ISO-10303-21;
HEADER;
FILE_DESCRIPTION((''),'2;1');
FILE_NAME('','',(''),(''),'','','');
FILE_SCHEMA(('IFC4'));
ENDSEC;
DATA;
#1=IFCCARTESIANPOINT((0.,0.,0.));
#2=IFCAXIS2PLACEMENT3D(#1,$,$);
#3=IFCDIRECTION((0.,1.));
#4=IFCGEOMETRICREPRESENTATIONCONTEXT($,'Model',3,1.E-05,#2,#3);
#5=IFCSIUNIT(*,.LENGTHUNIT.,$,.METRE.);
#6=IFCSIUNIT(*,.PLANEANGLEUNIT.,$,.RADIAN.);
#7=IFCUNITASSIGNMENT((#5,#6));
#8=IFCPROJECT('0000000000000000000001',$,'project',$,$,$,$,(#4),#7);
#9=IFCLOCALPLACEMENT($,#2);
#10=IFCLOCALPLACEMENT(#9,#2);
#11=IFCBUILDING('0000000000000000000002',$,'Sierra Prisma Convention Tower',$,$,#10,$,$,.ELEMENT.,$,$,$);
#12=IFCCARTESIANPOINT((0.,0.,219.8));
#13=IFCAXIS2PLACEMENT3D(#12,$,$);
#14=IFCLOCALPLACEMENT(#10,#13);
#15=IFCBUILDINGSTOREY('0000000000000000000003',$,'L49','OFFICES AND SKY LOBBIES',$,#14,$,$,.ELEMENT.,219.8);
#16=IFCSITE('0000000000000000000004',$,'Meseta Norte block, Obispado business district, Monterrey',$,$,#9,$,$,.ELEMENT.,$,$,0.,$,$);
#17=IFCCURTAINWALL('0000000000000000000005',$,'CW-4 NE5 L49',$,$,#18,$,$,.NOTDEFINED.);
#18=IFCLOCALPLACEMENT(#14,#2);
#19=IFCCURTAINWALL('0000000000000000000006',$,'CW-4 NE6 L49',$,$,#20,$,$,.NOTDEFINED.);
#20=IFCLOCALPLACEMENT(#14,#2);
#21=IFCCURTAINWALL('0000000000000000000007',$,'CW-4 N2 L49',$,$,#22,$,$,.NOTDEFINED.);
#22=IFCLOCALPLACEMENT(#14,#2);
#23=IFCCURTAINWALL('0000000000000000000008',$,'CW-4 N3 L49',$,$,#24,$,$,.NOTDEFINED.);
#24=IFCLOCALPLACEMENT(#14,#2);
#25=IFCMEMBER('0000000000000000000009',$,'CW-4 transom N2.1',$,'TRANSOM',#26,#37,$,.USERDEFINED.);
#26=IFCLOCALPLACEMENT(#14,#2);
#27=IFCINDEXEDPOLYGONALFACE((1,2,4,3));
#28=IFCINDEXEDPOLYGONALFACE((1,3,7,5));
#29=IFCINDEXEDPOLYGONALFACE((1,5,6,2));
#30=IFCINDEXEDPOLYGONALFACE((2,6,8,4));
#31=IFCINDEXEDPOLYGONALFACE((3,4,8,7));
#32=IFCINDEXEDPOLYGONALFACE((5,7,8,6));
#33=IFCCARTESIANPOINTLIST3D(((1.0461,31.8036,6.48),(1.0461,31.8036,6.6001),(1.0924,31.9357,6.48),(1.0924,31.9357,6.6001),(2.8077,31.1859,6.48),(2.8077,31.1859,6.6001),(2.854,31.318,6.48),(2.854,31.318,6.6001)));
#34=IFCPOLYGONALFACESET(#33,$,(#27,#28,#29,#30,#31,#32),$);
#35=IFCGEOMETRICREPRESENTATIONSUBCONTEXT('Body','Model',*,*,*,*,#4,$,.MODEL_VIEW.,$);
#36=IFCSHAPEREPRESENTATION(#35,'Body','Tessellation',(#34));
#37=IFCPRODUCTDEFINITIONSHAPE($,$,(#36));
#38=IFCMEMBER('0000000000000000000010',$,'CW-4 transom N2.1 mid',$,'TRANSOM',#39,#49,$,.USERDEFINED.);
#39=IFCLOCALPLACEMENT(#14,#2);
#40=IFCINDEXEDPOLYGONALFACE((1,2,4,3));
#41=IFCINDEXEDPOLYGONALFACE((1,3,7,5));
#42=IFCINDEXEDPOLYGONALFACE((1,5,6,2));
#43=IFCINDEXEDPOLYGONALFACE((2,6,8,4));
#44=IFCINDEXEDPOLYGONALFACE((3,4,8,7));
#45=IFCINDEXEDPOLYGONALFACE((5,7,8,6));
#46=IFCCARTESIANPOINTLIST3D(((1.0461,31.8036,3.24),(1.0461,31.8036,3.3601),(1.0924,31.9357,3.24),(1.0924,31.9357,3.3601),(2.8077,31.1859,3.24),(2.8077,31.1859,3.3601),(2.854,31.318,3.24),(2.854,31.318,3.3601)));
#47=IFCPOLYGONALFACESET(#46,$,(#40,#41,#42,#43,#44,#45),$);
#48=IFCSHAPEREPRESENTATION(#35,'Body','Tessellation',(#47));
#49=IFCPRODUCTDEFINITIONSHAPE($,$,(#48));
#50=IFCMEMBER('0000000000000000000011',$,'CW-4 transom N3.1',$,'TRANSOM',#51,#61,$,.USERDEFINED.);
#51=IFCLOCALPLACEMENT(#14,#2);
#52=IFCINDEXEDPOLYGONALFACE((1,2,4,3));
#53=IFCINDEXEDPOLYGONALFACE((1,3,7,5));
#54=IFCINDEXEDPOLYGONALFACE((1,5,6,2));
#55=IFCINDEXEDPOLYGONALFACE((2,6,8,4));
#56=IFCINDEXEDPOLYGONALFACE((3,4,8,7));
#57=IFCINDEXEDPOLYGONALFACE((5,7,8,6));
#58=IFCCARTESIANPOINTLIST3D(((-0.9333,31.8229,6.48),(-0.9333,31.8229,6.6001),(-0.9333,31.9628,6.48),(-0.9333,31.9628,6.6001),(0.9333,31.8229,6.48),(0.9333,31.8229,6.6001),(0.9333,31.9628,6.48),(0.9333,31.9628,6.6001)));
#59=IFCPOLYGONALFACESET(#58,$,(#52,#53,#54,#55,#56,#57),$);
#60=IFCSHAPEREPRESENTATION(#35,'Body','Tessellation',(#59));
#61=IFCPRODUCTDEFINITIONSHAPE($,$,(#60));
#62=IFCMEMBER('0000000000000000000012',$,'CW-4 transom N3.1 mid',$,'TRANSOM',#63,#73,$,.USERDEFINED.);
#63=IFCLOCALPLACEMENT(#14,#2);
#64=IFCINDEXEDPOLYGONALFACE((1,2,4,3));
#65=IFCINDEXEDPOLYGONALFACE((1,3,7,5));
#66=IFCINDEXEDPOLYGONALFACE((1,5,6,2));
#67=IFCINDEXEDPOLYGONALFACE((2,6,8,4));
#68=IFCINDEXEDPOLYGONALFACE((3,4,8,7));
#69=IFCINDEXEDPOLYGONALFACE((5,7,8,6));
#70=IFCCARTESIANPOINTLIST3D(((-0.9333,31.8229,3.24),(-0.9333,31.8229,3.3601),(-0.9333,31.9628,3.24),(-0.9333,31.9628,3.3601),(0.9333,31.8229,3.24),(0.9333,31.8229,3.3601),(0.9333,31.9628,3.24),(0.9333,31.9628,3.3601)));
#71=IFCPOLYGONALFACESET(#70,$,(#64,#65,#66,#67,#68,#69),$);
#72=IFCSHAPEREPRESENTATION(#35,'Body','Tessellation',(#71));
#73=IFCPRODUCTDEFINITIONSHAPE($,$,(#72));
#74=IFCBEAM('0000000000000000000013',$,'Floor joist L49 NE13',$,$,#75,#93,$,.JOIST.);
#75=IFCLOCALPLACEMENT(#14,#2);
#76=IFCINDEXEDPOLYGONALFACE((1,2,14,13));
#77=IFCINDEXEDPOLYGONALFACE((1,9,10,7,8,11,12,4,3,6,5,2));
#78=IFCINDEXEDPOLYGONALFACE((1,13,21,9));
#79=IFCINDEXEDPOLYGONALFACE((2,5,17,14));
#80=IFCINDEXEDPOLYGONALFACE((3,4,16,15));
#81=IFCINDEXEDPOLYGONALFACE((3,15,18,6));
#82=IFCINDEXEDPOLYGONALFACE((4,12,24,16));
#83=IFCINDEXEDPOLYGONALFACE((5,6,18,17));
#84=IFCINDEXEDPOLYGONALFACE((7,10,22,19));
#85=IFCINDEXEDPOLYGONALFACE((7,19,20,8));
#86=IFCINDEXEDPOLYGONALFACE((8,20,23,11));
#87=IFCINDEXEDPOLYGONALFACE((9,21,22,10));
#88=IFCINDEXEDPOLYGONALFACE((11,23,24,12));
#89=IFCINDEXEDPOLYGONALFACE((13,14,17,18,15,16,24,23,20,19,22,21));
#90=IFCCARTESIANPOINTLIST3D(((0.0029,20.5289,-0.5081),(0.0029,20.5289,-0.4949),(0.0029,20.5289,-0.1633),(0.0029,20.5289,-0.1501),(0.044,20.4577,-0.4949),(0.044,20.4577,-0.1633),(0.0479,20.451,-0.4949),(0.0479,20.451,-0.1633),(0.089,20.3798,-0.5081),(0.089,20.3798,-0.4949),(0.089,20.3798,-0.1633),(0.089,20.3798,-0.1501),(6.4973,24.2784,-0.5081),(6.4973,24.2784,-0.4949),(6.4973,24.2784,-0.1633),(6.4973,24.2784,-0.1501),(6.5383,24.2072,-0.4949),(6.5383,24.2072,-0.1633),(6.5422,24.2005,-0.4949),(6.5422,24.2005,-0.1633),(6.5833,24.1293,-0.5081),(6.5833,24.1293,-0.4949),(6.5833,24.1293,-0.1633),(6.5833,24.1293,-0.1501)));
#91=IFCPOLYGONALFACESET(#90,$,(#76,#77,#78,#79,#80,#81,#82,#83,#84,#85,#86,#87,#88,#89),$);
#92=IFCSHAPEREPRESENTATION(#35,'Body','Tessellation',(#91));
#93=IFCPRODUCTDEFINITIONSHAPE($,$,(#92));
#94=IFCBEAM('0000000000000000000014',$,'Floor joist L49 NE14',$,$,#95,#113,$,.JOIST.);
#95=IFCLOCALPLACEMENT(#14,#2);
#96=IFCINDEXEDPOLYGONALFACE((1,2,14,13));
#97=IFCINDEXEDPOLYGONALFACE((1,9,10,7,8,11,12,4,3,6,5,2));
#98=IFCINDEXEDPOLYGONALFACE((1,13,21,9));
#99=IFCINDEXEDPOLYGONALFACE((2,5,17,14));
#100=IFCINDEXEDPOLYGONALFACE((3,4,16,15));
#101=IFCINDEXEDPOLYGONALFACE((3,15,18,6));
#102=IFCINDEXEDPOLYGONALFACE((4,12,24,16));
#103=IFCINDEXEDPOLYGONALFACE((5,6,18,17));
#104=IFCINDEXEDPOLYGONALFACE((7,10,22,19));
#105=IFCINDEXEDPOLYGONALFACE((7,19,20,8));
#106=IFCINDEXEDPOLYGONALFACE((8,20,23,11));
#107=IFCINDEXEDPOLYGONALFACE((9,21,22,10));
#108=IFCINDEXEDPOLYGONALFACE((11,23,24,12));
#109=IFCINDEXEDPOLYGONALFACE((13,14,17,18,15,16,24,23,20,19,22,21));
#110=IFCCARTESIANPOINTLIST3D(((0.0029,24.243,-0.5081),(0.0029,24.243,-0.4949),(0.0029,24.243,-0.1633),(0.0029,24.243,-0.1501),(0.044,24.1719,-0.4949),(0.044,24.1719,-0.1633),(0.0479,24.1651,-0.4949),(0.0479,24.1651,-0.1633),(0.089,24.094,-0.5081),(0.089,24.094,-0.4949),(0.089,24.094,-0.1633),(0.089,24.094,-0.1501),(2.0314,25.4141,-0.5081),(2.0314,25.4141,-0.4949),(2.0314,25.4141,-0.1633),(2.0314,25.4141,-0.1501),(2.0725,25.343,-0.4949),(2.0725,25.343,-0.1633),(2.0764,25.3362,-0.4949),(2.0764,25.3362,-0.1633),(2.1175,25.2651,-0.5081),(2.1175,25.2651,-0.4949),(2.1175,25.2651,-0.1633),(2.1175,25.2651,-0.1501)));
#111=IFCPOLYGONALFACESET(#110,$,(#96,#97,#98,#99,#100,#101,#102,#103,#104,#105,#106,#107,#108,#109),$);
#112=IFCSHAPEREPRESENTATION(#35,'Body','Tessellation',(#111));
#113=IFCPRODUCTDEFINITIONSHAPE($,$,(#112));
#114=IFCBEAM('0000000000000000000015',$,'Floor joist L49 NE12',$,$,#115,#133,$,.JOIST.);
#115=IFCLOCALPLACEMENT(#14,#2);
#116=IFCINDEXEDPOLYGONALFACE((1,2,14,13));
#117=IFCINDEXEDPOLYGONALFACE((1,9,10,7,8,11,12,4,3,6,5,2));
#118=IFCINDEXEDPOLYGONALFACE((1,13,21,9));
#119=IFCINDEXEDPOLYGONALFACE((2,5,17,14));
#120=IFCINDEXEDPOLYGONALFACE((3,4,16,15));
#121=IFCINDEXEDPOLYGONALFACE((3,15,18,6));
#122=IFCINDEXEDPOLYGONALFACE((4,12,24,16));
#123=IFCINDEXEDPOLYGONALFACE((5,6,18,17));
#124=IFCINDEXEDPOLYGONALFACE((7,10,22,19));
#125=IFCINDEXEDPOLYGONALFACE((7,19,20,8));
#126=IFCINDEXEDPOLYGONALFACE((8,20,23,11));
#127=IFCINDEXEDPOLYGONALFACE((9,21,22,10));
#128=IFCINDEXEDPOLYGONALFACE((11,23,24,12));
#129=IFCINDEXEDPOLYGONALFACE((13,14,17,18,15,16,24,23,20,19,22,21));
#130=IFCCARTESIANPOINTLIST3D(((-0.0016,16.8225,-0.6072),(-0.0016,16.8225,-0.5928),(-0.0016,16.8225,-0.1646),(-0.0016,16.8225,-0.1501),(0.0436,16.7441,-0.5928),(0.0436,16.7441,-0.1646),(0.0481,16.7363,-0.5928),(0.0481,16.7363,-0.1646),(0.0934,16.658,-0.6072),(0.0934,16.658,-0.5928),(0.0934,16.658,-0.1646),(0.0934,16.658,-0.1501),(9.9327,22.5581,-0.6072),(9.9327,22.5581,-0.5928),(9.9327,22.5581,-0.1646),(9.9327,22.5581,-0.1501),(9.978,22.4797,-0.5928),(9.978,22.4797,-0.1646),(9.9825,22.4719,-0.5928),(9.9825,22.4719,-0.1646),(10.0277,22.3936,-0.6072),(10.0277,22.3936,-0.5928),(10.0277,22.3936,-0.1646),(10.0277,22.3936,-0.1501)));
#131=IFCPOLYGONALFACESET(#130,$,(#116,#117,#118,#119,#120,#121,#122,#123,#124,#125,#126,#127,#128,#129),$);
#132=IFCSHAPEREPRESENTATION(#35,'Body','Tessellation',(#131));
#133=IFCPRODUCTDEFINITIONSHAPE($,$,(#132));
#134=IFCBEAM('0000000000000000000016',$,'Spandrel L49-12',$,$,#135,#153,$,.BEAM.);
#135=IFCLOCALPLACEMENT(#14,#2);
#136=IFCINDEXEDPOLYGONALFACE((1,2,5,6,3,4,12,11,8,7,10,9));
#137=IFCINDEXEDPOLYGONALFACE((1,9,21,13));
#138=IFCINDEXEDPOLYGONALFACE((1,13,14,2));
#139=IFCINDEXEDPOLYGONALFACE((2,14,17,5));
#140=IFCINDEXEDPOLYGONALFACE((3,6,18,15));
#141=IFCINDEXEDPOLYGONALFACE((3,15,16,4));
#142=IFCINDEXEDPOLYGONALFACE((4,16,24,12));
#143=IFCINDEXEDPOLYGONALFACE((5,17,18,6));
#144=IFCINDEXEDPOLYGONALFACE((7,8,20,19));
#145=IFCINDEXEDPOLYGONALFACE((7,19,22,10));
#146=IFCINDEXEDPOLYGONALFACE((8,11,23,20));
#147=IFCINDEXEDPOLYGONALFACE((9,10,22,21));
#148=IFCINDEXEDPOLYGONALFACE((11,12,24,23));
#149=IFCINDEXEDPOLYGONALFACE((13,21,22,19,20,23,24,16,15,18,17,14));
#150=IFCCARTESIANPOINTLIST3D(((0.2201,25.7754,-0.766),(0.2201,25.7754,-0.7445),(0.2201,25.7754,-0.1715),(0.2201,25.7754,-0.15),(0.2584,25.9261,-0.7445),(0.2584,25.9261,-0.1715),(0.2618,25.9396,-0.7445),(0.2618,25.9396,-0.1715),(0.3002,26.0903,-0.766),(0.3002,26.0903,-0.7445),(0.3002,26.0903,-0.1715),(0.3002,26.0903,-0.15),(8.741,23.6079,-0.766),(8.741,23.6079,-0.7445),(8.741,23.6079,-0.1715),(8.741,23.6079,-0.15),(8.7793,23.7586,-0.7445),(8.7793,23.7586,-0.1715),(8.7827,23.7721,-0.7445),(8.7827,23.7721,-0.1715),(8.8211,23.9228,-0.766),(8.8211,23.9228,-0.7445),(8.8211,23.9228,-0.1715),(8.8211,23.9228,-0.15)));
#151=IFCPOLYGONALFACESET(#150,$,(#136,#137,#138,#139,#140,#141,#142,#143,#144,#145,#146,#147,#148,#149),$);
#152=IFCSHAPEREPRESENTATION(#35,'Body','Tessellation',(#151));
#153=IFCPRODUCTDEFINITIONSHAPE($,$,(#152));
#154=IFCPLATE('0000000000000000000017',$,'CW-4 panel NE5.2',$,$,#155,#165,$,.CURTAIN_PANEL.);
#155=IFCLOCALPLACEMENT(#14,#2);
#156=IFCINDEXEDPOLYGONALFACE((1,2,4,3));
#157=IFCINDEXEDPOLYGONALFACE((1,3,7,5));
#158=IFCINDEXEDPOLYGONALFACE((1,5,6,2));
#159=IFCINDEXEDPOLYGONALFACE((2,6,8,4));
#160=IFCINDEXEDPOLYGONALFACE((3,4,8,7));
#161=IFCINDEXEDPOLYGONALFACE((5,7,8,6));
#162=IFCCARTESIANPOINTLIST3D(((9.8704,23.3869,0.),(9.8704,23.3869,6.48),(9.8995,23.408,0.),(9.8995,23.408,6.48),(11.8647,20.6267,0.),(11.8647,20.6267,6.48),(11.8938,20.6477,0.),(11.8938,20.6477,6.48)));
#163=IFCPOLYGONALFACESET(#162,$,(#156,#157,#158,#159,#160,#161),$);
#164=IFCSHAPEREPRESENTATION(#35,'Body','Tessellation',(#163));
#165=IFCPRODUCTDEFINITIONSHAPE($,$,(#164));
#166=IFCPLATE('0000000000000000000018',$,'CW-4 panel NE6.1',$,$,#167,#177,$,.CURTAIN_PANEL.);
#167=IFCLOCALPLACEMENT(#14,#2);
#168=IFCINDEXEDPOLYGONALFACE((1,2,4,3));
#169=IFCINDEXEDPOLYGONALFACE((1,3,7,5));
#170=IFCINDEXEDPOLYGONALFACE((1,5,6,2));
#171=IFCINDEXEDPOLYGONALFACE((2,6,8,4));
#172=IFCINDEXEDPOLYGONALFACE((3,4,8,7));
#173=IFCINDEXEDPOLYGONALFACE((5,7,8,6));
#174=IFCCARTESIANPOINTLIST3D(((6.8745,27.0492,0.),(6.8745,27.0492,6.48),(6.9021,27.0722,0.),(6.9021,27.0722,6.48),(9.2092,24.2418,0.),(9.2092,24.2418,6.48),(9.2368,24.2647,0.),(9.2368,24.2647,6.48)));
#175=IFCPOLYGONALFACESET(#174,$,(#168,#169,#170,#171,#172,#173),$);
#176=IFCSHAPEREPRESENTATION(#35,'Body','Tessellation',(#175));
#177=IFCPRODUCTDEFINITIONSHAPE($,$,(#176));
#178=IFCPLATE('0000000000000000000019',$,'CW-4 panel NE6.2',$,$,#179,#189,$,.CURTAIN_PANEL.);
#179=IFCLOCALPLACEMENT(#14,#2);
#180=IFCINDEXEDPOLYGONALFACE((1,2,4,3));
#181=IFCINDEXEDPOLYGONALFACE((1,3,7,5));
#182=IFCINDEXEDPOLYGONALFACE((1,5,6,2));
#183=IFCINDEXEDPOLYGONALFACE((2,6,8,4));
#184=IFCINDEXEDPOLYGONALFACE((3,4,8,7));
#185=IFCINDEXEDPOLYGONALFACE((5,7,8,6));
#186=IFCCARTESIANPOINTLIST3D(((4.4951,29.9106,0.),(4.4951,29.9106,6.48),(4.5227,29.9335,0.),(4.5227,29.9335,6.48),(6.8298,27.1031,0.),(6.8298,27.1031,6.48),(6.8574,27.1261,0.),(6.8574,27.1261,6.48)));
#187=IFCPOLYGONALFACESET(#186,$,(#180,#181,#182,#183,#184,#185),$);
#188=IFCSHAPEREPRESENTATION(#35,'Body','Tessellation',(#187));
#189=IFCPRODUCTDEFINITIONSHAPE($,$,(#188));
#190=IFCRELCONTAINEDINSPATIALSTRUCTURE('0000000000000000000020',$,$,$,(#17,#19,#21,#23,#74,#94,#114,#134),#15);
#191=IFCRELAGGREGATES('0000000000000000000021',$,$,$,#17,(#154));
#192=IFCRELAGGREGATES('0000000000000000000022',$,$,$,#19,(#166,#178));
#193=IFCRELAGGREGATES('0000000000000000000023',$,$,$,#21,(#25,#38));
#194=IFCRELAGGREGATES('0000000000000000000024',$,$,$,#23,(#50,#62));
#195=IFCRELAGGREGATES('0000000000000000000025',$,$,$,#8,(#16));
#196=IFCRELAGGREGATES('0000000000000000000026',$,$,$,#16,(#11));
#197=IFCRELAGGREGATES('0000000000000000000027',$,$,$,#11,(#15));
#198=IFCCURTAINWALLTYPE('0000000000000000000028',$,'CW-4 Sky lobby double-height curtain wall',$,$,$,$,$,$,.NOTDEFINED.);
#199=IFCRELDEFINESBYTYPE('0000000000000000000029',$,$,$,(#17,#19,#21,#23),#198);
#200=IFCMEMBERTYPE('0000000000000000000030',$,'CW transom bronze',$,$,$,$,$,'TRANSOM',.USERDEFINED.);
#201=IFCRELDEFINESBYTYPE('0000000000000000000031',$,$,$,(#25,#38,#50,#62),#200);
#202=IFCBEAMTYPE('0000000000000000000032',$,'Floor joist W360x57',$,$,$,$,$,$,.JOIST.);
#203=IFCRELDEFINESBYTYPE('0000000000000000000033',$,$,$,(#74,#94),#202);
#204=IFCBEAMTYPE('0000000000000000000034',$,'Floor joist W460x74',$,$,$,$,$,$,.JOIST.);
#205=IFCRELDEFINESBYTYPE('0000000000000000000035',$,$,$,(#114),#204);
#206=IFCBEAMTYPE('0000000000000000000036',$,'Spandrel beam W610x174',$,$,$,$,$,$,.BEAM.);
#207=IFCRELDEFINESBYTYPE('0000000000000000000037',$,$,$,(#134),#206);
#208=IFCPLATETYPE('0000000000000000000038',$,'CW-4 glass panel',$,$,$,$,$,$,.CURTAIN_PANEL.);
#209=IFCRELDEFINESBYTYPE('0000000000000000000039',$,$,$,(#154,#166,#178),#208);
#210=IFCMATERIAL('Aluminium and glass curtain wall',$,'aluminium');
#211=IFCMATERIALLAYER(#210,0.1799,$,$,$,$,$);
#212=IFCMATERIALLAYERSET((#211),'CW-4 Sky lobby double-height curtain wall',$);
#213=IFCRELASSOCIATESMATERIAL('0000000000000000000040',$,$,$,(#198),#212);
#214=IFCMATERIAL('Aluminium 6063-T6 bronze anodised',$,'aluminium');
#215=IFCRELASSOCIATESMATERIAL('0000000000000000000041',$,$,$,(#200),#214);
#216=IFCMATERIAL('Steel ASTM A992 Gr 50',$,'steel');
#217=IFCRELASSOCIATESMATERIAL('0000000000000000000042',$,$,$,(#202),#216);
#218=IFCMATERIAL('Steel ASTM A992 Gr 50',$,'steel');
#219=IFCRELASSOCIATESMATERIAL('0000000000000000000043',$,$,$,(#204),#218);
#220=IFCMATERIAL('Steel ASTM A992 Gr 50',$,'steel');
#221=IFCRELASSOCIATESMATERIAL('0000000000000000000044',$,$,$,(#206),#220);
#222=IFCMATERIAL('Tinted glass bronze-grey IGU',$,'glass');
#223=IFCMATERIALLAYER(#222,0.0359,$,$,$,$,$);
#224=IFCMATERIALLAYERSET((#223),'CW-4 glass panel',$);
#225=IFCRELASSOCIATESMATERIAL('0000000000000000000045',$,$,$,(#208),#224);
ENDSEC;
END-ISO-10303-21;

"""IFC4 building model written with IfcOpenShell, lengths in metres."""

from ifc_helpers import new_model, si_unit, direction, frame, origin, origin_2d, place, context, subcontext, project, spatial, rectangle, i_section, extrude, material, layer, layer_set, material_profile, profile_set, type_object, element, aggregate, save


model = new_model("IFC4")

# Units and contexts
model_context = context("Model", 3, precision=1e-05, world=origin(), true_north=direction((0.0, 1.0)))
body_context = subcontext(model_context, "Body", "Model", "MODEL_VIEW")
ifc_project = project(units=[si_unit("LENGTHUNIT", "METRE"), si_unit("PLANEANGLEUNIT", "RADIAN")], contexts=[model_context])

# Site, building, storey
site_placement = place(None, origin())
site = spatial("IfcSite", under=ifc_project, at=site_placement, Name="Meseta Norte block, Obispado business district, Monterrey", CompositionType="ELEMENT", RefElevation=0.0)
building_placement = place(site_placement, origin())
building = spatial("IfcBuilding", under=site, at=building_placement, Name="Sierra Prisma Convention Tower", CompositionType="ELEMENT")
storey_placement = place(building_placement, frame((0.0, 0.0, 219.8)))
storey = spatial("IfcBuildingStorey", under=building, at=storey_placement, Name="L49", Description="OFFICES AND SKY LOBBIES", CompositionType="ELEMENT", Elevation=219.8)

# Curtain walls
ifc_material_1 = material(Name="Aluminium and glass curtain wall", Category="aluminium")
ifc_layer_1 = layer(ifc_material_1, 0.1799)
ifc_layer_set_1 = layer_set([ifc_layer_1], Name="CW-4 Sky lobby double-height curtain wall")
curtain_wall_type = type_object("IfcCurtainWallType", Name="CW-4 Sky lobby double-height curtain wall", PredefinedType="NOTDEFINED", material=ifc_layer_set_1)
curtain_wall_1_placement = place(storey_placement, origin())
curtain_wall_1 = element("IfcCurtainWall", 1, at=curtain_wall_1_placement, inside=storey, type_object=curtain_wall_type, Name="CW-4 NE5 L49", PredefinedType="NOTDEFINED")
curtain_wall_2_placement = place(storey_placement, origin())
curtain_wall_2 = element("IfcCurtainWall", 2, at=curtain_wall_2_placement, inside=storey, type_object=curtain_wall_type, Name="CW-4 NE6 L49", PredefinedType="NOTDEFINED")
curtain_wall_3_placement = place(storey_placement, origin())
curtain_wall_3 = element("IfcCurtainWall", 3, at=curtain_wall_3_placement, inside=storey, type_object=curtain_wall_type, Name="CW-4 N2 L49", PredefinedType="NOTDEFINED")
curtain_wall_4_placement = place(storey_placement, origin())
curtain_wall_4 = element("IfcCurtainWall", 4, at=curtain_wall_4_placement, inside=storey, type_object=curtain_wall_type, Name="CW-4 N3 L49", PredefinedType="NOTDEFINED")

# Members
ifc_material_2 = material(Name="Aluminium 6063-T6 bronze anodised", Category="aluminium")
ifc_material_profile_1 = material_profile(ifc_material_2, rectangle(XDim=0.1399, YDim=0.1201, at=origin_2d()), Name="ALU TRANSOM 120x140")
ifc_profile_set_1 = profile_set([ifc_material_profile_1], Name="Aluminium 6063-T6 bronze anodised")
member_type_1 = type_object("IfcMemberType", Name="CW transom bronze", ElementType="TRANSOM", PredefinedType="USERDEFINED", material=ifc_profile_set_1)
member_1_placement = place(storey_placement, frame((2.8308, 31.252, 6.54), z_axis=(-0.943664, 0.330904, 0.0), x_axis=(-0.330904, -0.943664, 0.0)))
member_1 = element("IfcMember", 5, at=member_1_placement, type_object=member_type_1, Name="CW-4 transom N2.1", ObjectType="TRANSOM", PredefinedType="USERDEFINED", context=body_context, shape_type="SweptSolid", body=[
    extrude(rectangle(XDim=0.1399, YDim=0.1201, at=origin_2d()), origin(), (0.0, 0.0, 1.0), 1.8667),
])
member_2_placement = place(storey_placement, frame((2.8308, 31.252, 3.3), z_axis=(-0.943664, 0.330904, 0.0), x_axis=(-0.330904, -0.943664, 0.0)))
member_2 = element("IfcMember", 6, at=member_2_placement, type_object=member_type_1, Name="CW-4 transom N2.1 mid", ObjectType="TRANSOM", PredefinedType="USERDEFINED", context=body_context, shape_type="SweptSolid", body=[
    extrude(rectangle(XDim=0.1399, YDim=0.1201, at=origin_2d()), origin(), (0.0, 0.0, 1.0), 1.8667),
])
member_3_placement = place(storey_placement, frame((0.9333, 31.8928, 6.54), z_axis=(-1.0, 0.0, 0.0), x_axis=(0.0, -1.0, 0.0)))
member_3 = element("IfcMember", 7, at=member_3_placement, type_object=member_type_1, Name="CW-4 transom N3.1", ObjectType="TRANSOM", PredefinedType="USERDEFINED", context=body_context, shape_type="SweptSolid", body=[
    extrude(rectangle(XDim=0.1399, YDim=0.1201, at=origin_2d()), origin(), (0.0, 0.0, 1.0), 1.8667),
])
member_4_placement = place(storey_placement, frame((0.9333, 31.8928, 3.3), z_axis=(-1.0, 0.0, 0.0), x_axis=(0.0, -1.0, 0.0)))
member_4 = element("IfcMember", 8, at=member_4_placement, type_object=member_type_1, Name="CW-4 transom N3.1 mid", ObjectType="TRANSOM", PredefinedType="USERDEFINED", context=body_context, shape_type="SweptSolid", body=[
    extrude(rectangle(XDim=0.1399, YDim=0.1201, at=origin_2d()), origin(), (0.0, 0.0, 1.0), 1.8667),
])

# Beams
ifc_material_3 = material(Name="Steel ASTM A992 Gr 50", Category="steel")
ifc_material_profile_2 = material_profile(ifc_material_3, i_section(OverallWidth=0.1721, OverallDepth=0.3579, WebThickness=0.0078, FlangeThickness=0.0132, at=origin_2d()), Name="W360x57")
ifc_profile_set_2 = profile_set([ifc_material_profile_2], Name="Steel ASTM A992 Gr 50")
beam_type_1 = type_object("IfcBeamType", Name="Floor joist W360x57", PredefinedType="JOIST", material=ifc_profile_set_2)
beam_1_placement = place(storey_placement, frame((6.5403, 24.2039, -0.3291), z_axis=(-0.866027, -0.499998, 0.0), x_axis=(0.499998, -0.866027, 0.0)))
element("IfcBeam", 9, at=beam_1_placement, inside=storey, type_object=beam_type_1, Name="Floor joist L49 NE13", PredefinedType="JOIST", context=body_context, shape_type="SweptSolid", body=[
    extrude(i_section(OverallWidth=0.1721, OverallDepth=0.3579, WebThickness=0.0078, FlangeThickness=0.0132, at=origin_2d()), origin(), (0.0, 0.0, 1.0), 7.499),
])
beam_2_placement = place(storey_placement, frame((2.0745, 25.3396, -0.3291), z_axis=(-0.866035, -0.499984, 0.0), x_axis=(0.499984, -0.866035, 0.0)))
element("IfcBeam", 10, at=beam_2_placement, inside=storey, type_object=beam_type_1, Name="Floor joist L49 NE14", PredefinedType="JOIST", context=body_context, shape_type="SweptSolid", body=[
    extrude(i_section(OverallWidth=0.1721, OverallDepth=0.3579, WebThickness=0.0078, FlangeThickness=0.0132, at=origin_2d()), origin(), (0.0, 0.0, 1.0), 2.3423),
])
ifc_material_4 = material(Name="Steel ASTM A992 Gr 50", Category="steel")
ifc_material_profile_3 = material_profile(ifc_material_4, i_section(OverallWidth=0.1899, OverallDepth=0.457, WebThickness=0.009, FlangeThickness=0.0144, at=origin_2d()), Name="W460x74")
ifc_profile_set_3 = profile_set([ifc_material_profile_3], Name="Steel ASTM A992 Gr 50")
beam_type_2 = type_object("IfcBeamType", Name="Floor joist W460x74", PredefinedType="JOIST", material=ifc_profile_set_3)
beam_3_placement = place(storey_placement, frame((9.9802, 22.4758, -0.3787), z_axis=(-0.866025, -0.500001, 0.0), x_axis=(0.500001, -0.866025, 0.0)))
element("IfcBeam", 11, at=beam_3_placement, inside=storey, type_object=beam_type_2, Name="Floor joist L49 NE12", PredefinedType="JOIST", context=body_context, shape_type="SweptSolid", body=[
    extrude(i_section(OverallWidth=0.1899, OverallDepth=0.457, WebThickness=0.009, FlangeThickness=0.0144, at=origin_2d()), origin(), (0.0, 0.0, 1.0), 11.4712),
])
ifc_material_5 = material(Name="Steel ASTM A992 Gr 50", Category="steel")
ifc_material_profile_4 = material_profile(ifc_material_5, i_section(OverallWidth=0.325, OverallDepth=0.616, WebThickness=0.0139, FlangeThickness=0.0215, at=origin_2d()), Name="W610x174")
ifc_profile_set_4 = profile_set([ifc_material_profile_4], Name="Steel ASTM A992 Gr 50")
beam_type_3 = type_object("IfcBeamType", Name="Spandrel beam W610x174", PredefinedType="BEAM", material=ifc_profile_set_4)
beam_4_placement = place(storey_placement, frame((8.781, 23.7654, -0.458), z_axis=(-0.969138, 0.246519, 0.0), x_axis=(-0.246519, -0.969138, 0.0)))
element("IfcBeam", 12, at=beam_4_placement, inside=storey, type_object=beam_type_3, Name="Spandrel L49-12", PredefinedType="BEAM", context=body_context, shape_type="SweptSolid", body=[
    extrude(i_section(OverallWidth=0.325, OverallDepth=0.616, WebThickness=0.0139, FlangeThickness=0.0215, at=origin_2d()), origin(), (0.0, 0.0, 1.0), 8.7922),
])

# Plates
ifc_material_6 = material(Name="Tinted glass bronze-grey IGU", Category="glass")
ifc_layer_2 = layer(ifc_material_6, 0.0359)
ifc_layer_set_2 = layer_set([ifc_layer_2], Name="CW-4 glass panel")
plate_type = type_object("IfcPlateType", Name="CW-4 glass panel", PredefinedType="CURTAIN_PANEL", material=ifc_layer_set_2)
plate_1_placement = place(storey_placement, frame((10.8821, 22.0173, 0.0), z_axis=(0.0, 0.0, 1.0), x_axis=(-0.58564, 0.810572, 0.0)))
plate_1 = element("IfcPlate", 13, at=plate_1_placement, type_object=plate_type, Name="CW-4 panel NE5.2", PredefinedType="CURTAIN_PANEL", context=body_context, shape_type="SweptSolid", body=[
    extrude(rectangle(XDim=3.4053, YDim=0.0359, at=origin_2d()), origin(), (0.0, 0.0, 1.0), 6.48),
])
aggregate(curtain_wall_1, [plate_1])
plate_2_placement = place(storey_placement, frame((8.0557, 25.657, 0.0), z_axis=(0.0, 0.0, 1.0), x_axis=(-0.639398, 0.768876, 0.0)))
plate_2 = element("IfcPlate", 14, at=plate_2_placement, type_object=plate_type, Name="CW-4 panel NE6.1", PredefinedType="CURTAIN_PANEL", context=body_context, shape_type="SweptSolid", body=[
    extrude(rectangle(XDim=3.6514, YDim=0.0359, at=origin_2d()), origin(), (0.0, 0.0, 1.0), 6.48),
])
plate_3_placement = place(storey_placement, frame((5.6763, 28.5183, 0.0), z_axis=(0.0, 0.0, 1.0), x_axis=(-0.639398, 0.768876, 0.0)))
plate_3 = element("IfcPlate", 15, at=plate_3_placement, type_object=plate_type, Name="CW-4 panel NE6.2", PredefinedType="CURTAIN_PANEL", context=body_context, shape_type="SweptSolid", body=[
    extrude(rectangle(XDim=3.6514, YDim=0.0359, at=origin_2d()), origin(), (0.0, 0.0, 1.0), 6.48),
])
aggregate(curtain_wall_2, [plate_2, plate_3])
aggregate(curtain_wall_3, [member_1, member_2])
aggregate(curtain_wall_4, [member_3, member_4])

save(model, "model.ifc")
